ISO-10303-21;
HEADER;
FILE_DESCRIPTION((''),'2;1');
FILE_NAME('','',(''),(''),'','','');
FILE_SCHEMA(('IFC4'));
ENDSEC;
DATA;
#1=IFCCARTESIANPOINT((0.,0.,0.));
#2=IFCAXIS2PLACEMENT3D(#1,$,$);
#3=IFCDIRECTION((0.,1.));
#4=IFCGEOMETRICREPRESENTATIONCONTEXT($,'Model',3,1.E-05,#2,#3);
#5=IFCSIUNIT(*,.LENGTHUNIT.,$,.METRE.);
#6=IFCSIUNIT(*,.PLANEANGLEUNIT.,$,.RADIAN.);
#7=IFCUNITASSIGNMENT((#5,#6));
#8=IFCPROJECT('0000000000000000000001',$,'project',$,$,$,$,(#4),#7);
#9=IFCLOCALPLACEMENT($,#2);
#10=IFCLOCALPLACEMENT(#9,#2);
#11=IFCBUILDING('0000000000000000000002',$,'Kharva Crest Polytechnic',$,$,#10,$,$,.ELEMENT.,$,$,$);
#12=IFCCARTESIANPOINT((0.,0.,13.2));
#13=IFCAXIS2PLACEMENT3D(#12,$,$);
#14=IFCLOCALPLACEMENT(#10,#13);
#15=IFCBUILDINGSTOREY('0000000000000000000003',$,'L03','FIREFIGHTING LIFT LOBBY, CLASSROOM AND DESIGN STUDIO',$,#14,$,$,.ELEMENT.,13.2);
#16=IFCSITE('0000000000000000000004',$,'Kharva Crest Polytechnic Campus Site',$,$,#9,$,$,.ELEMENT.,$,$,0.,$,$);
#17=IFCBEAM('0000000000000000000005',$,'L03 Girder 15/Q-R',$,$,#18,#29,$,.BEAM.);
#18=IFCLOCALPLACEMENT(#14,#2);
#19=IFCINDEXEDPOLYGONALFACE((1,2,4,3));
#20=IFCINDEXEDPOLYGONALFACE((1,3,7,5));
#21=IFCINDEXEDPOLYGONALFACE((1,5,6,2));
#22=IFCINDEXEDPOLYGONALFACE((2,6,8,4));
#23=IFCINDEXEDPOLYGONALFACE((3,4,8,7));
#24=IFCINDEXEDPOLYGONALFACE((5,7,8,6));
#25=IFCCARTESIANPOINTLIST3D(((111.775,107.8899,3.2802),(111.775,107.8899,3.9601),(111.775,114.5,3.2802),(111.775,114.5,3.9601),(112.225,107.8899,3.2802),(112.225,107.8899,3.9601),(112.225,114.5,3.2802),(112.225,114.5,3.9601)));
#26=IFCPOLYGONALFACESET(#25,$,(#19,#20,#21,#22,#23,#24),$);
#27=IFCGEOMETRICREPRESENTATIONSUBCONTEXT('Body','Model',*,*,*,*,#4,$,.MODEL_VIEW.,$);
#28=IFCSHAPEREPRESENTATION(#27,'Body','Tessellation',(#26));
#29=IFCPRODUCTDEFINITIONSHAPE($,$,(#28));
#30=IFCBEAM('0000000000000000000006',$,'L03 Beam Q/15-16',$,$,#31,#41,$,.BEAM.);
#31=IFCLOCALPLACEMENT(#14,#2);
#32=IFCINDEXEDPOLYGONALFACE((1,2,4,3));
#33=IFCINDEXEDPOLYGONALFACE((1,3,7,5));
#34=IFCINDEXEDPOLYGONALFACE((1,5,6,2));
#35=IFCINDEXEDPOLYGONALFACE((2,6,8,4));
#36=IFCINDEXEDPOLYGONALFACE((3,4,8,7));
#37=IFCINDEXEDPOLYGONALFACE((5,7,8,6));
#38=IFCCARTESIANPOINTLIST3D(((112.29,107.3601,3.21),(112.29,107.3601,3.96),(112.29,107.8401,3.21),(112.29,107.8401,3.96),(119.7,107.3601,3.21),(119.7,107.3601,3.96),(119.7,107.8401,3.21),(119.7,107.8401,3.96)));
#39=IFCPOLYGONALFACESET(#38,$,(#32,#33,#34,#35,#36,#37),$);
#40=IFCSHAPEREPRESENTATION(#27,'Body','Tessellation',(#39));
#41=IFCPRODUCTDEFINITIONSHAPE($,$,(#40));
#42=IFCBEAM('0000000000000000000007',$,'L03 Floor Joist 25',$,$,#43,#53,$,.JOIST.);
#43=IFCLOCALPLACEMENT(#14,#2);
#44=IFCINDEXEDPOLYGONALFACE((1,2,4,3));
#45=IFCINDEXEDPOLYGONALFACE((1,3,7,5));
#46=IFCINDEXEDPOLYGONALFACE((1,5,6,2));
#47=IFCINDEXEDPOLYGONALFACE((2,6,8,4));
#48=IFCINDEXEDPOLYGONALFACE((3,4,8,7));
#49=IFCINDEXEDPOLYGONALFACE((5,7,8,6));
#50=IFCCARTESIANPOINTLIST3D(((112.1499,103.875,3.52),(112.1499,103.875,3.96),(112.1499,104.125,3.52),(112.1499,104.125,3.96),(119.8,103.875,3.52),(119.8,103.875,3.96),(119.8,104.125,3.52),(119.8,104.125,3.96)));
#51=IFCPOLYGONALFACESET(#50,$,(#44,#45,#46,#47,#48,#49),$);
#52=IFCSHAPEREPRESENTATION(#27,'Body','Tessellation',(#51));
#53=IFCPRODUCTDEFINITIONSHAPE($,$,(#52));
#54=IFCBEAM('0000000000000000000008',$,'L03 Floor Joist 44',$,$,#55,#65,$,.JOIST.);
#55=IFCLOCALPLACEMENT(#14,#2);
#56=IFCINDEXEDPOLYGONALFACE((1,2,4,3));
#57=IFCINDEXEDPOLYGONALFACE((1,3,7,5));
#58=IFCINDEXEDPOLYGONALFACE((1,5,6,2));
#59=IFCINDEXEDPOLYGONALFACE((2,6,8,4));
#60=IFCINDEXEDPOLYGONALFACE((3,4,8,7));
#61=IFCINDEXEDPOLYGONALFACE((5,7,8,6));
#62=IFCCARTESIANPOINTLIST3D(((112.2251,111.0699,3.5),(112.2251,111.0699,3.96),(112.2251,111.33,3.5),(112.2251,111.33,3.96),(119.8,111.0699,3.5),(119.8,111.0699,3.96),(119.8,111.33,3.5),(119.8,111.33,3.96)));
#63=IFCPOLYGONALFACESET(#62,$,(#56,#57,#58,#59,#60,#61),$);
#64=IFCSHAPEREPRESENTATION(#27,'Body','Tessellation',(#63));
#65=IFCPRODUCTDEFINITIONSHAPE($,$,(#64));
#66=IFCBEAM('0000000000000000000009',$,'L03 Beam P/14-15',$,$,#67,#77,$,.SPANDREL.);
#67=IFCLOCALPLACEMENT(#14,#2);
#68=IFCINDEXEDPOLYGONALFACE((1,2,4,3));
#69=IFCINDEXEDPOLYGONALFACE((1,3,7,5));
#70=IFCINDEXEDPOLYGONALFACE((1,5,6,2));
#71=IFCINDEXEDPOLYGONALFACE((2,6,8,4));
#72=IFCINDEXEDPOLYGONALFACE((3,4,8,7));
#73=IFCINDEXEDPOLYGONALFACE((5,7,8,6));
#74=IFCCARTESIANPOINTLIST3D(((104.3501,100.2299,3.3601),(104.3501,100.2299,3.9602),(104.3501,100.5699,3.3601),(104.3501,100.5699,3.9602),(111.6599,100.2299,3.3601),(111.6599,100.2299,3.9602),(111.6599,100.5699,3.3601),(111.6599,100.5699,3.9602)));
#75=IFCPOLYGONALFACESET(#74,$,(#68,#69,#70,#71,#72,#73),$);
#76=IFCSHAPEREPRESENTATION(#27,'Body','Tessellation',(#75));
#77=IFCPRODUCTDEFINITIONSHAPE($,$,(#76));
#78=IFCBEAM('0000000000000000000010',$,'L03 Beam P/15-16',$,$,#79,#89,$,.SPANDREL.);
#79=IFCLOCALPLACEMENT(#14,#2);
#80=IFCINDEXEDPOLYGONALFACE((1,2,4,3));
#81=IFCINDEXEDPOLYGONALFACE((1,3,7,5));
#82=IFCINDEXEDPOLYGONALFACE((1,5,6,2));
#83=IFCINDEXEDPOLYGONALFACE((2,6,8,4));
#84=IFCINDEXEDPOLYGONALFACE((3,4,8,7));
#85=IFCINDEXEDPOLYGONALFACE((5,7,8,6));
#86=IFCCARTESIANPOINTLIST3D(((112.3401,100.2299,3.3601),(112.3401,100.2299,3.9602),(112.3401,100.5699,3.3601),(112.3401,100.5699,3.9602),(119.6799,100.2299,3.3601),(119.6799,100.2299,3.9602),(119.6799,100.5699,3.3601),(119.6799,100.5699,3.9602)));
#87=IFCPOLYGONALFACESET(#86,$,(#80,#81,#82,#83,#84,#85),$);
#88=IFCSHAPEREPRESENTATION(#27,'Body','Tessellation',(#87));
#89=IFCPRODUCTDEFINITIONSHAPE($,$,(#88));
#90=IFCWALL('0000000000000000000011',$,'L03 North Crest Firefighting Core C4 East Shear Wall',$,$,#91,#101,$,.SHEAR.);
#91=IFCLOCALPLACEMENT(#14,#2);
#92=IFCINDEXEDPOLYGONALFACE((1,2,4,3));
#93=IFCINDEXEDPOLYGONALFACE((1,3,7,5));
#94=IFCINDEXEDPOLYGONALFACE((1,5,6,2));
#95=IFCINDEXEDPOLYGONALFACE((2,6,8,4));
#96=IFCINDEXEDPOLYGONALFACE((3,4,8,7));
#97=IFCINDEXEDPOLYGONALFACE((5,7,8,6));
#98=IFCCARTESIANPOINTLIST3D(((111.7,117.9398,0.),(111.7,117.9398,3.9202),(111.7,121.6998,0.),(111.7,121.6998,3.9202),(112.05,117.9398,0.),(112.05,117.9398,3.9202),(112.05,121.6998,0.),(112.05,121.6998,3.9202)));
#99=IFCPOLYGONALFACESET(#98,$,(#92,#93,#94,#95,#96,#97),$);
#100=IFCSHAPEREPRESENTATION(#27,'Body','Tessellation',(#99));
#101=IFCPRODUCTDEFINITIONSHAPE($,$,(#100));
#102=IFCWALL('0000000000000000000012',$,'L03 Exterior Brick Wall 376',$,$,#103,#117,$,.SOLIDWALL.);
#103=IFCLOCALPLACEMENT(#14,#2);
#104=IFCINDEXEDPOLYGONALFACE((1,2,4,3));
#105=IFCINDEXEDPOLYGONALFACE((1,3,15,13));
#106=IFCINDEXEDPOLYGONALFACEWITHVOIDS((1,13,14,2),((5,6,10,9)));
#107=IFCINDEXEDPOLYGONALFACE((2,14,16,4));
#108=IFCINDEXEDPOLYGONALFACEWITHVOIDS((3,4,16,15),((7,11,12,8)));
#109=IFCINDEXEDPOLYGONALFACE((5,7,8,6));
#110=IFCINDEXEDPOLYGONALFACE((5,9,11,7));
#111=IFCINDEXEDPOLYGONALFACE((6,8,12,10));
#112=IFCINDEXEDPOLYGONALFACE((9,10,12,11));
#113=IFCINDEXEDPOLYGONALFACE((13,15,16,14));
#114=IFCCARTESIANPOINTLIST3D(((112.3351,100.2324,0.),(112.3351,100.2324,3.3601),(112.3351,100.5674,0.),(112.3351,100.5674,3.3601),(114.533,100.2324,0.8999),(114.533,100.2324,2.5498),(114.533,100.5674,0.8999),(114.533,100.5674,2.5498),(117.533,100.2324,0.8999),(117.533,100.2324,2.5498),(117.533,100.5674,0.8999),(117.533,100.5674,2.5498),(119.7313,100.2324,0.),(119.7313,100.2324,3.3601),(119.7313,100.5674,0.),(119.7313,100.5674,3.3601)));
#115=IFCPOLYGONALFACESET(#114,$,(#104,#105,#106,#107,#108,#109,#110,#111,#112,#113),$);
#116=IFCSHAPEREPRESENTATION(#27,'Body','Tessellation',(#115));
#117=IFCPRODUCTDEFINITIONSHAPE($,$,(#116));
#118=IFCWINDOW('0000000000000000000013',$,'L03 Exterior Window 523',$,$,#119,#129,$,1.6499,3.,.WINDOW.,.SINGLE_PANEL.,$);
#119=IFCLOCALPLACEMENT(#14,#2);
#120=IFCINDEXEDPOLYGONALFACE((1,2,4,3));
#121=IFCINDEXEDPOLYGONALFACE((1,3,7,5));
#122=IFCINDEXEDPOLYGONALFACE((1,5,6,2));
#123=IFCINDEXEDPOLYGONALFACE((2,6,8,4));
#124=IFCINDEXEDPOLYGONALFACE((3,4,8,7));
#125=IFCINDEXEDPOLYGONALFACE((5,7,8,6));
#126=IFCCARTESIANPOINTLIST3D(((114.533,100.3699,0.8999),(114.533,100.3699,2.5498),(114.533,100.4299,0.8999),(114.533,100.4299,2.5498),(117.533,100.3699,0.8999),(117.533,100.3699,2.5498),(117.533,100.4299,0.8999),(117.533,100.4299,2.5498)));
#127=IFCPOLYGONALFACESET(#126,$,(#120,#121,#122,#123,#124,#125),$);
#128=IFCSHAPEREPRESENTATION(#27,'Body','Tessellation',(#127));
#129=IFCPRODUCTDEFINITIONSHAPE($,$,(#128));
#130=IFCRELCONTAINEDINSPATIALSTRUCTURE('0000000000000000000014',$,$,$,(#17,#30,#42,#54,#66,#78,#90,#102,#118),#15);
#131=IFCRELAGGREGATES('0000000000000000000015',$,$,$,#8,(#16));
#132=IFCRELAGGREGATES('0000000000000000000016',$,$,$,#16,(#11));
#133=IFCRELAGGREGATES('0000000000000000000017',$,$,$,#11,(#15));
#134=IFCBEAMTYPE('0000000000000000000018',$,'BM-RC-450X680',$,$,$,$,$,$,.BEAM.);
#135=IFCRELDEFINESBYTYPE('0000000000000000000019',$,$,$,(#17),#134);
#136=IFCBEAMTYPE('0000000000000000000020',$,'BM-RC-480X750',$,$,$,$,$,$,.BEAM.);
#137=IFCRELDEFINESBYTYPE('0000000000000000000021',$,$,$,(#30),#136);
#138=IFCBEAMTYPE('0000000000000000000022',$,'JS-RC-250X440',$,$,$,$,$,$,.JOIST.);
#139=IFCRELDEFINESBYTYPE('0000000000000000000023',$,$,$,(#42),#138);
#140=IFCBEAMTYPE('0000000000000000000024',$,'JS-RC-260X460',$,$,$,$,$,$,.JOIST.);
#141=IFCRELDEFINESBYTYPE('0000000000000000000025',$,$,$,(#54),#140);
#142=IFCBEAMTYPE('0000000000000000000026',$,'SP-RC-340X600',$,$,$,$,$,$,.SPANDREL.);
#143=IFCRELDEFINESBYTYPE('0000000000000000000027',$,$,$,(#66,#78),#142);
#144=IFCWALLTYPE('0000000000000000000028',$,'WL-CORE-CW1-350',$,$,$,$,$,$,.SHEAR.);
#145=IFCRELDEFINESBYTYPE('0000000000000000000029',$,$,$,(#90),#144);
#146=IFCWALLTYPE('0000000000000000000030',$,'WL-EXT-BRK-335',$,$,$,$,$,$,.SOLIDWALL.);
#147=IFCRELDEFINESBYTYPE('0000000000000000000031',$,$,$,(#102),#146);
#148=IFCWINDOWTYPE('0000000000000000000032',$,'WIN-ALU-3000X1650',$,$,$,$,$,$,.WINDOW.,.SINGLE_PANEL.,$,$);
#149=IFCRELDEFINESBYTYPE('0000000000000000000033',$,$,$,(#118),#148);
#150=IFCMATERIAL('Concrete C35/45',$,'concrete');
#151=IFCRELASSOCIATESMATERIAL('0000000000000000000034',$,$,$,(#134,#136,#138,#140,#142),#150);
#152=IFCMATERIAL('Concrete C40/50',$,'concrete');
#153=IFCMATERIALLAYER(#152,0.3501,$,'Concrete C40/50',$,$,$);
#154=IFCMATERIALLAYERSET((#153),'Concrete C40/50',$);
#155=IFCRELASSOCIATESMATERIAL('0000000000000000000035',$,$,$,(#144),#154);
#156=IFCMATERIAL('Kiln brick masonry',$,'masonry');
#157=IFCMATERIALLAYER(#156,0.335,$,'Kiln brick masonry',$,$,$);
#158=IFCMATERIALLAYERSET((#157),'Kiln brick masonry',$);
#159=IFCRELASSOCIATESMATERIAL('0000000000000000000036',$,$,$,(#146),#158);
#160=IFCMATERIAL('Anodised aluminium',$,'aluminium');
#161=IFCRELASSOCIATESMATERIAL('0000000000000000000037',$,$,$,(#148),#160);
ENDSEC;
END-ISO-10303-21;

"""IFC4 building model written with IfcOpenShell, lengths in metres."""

from ifc_helpers import new_model, si_unit, direction, frame, frame_2d, origin, origin_2d, place, context, subcontext, project, spatial, rectangle, extrude, material, layer, layer_set, material_profile, profile_set, type_object, element, fill, save


model = new_model("IFC4")

# Units and contexts
model_context = context("Model", 3, precision=1e-05, world=origin(), true_north=direction((0.0, 1.0)))
body_context = subcontext(model_context, "Body", "Model", "MODEL_VIEW")
ifc_project = project(units=[si_unit("LENGTHUNIT", "METRE"), si_unit("PLANEANGLEUNIT", "RADIAN")], contexts=[model_context])

# Site, building, storey
site_placement = place(None, origin())
site = spatial("IfcSite", under=ifc_project, at=site_placement, Name="Kharva Crest Polytechnic Campus Site", CompositionType="ELEMENT", RefElevation=0.0)
building_placement = place(site_placement, origin())
building = spatial("IfcBuilding", under=site, at=building_placement, Name="Kharva Crest Polytechnic", CompositionType="ELEMENT")
storey_placement = place(building_placement, frame((0.0, 0.0, 13.2)))
storey = spatial("IfcBuildingStorey", under=building, at=storey_placement, Name="L03", Description="FIREFIGHTING LIFT LOBBY, CLASSROOM AND DESIGN STUDIO", CompositionType="ELEMENT", Elevation=13.2)

# Shared definitions
ifc_material_1 = material(Name="Concrete C40/50", Category="concrete")

# Beams
ifc_material_2 = material(Name="Concrete C35/45", Category="concrete")
ifc_material_profile_1 = material_profile(ifc_material_2, rectangle(XDim=0.45, YDim=0.6799, at=origin_2d()), Name="RECT 450 X 680")
ifc_profile_set_1 = profile_set([ifc_material_profile_1], Name="Concrete C35/45")
beam_type_1 = type_object("IfcBeamType", Name="BM-RC-450X680", PredefinedType="BEAM", material=ifc_profile_set_1)
beam_1_placement = place(storey_placement, frame((112.0, 107.8899, 3.6201), z_axis=(0.0, 1.0, 0.0), x_axis=(-1.0, 0.0, 0.0)))
element("IfcBeam", 1, at=beam_1_placement, inside=storey, type_object=beam_type_1, Name="L03 Girder 15/Q-R", PredefinedType="BEAM", context=body_context, shape_type="SweptSolid", body=[
    extrude(rectangle(XDim=0.45, YDim=0.6799, at=origin_2d()), origin(), (0.0, 0.0, 1.0), 6.6101),
])
ifc_material_profile_2 = material_profile(ifc_material_2, rectangle(XDim=0.48, YDim=0.75, at=origin_2d()), Name="RECT 480 X 750")
ifc_profile_set_2 = profile_set([ifc_material_profile_2], Name="Concrete C35/45")
beam_type_2 = type_object("IfcBeamType", Name="BM-RC-480X750", PredefinedType="BEAM", material=ifc_profile_set_2)
beam_2_placement = place(storey_placement, frame((112.29, 107.6001, 3.585), z_axis=(1.0, 0.0, 0.0), x_axis=(0.0, 1.0, 0.0)))
element("IfcBeam", 2, at=beam_2_placement, inside=storey, type_object=beam_type_2, Name="L03 Beam Q/15-16", PredefinedType="BEAM", context=body_context, shape_type="SweptSolid", body=[
    extrude(rectangle(XDim=0.48, YDim=0.75, at=origin_2d()), origin(), (0.0, 0.0, 1.0), 7.4099),
])
ifc_material_profile_3 = material_profile(ifc_material_2, rectangle(XDim=0.25, YDim=0.4399, at=origin_2d()), Name="RECT 250 X 440")
ifc_profile_set_3 = profile_set([ifc_material_profile_3], Name="Concrete C35/45")
beam_type_3 = type_object("IfcBeamType", Name="JS-RC-250X440", PredefinedType="JOIST", material=ifc_profile_set_3)
beam_3_placement = place(storey_placement, frame((112.1499, 104.0, 3.74), z_axis=(1.0, 0.0, 0.0), x_axis=(0.0, 1.0, 0.0)))
element("IfcBeam", 3, at=beam_3_placement, inside=storey, type_object=beam_type_3, Name="L03 Floor Joist 25", PredefinedType="JOIST", context=body_context, shape_type="SweptSolid", body=[
    extrude(rectangle(XDim=0.25, YDim=0.4399, at=origin_2d()), origin(), (0.0, 0.0, 1.0), 7.6501),
])
ifc_material_profile_4 = material_profile(ifc_material_2, rectangle(XDim=0.26, YDim=0.46, at=origin_2d()), Name="RECT 260 X 460")
ifc_profile_set_4 = profile_set([ifc_material_profile_4], Name="Concrete C35/45")
beam_type_4 = type_object("IfcBeamType", Name="JS-RC-260X460", PredefinedType="JOIST", material=ifc_profile_set_4)
beam_4_placement = place(storey_placement, frame((112.2251, 111.2, 3.73), z_axis=(1.0, 0.0, 0.0), x_axis=(0.0, 1.0, 0.0)))
element("IfcBeam", 4, at=beam_4_placement, inside=storey, type_object=beam_type_4, Name="L03 Floor Joist 44", PredefinedType="JOIST", context=body_context, shape_type="SweptSolid", body=[
    extrude(rectangle(XDim=0.26, YDim=0.46, at=origin_2d()), origin(), (0.0, 0.0, 1.0), 7.575),
])
ifc_material_profile_5 = material_profile(ifc_material_2, rectangle(XDim=0.3401, YDim=0.6001, at=origin_2d()), Name="RECT 340 X 600")
ifc_profile_set_5 = profile_set([ifc_material_profile_5], Name="Concrete C35/45")
beam_type_5 = type_object("IfcBeamType", Name="SP-RC-340X600", PredefinedType="SPANDREL", material=ifc_profile_set_5)
beam_5_placement = place(storey_placement, frame((104.3501, 100.3999, 3.6602), z_axis=(1.0, 0.0, 0.0), x_axis=(0.0, 1.0, 0.0)))
element("IfcBeam", 5, at=beam_5_placement, inside=storey, type_object=beam_type_5, Name="L03 Beam P/14-15", PredefinedType="SPANDREL", context=body_context, shape_type="SweptSolid", body=[
    extrude(rectangle(XDim=0.3401, YDim=0.6001, at=origin_2d()), origin(), (0.0, 0.0, 1.0), 7.3098),
])
beam_6_placement = place(storey_placement, frame((112.3401, 100.3999, 3.6602), z_axis=(1.0, 0.0, 0.0), x_axis=(0.0, 1.0, 0.0)))
element("IfcBeam", 6, at=beam_6_placement, inside=storey, type_object=beam_type_5, Name="L03 Beam P/15-16", PredefinedType="SPANDREL", context=body_context, shape_type="SweptSolid", body=[
    extrude(rectangle(XDim=0.3401, YDim=0.6001, at=origin_2d()), origin(), (0.0, 0.0, 1.0), 7.3398),
])

# Wall
ifc_layer_1 = layer(ifc_material_1, 0.3501, Name="Concrete C40/50")
ifc_layer_set_1 = layer_set([ifc_layer_1], Name="Concrete C40/50")
wall_type_1 = type_object("IfcWallType", Name="WL-CORE-CW1-350", PredefinedType="SHEAR", material=ifc_layer_set_1)
wall_1_placement = place(storey_placement, frame((111.875, 117.9399, 0.0), z_axis=(0.0, 0.0, 1.0), x_axis=(0.0, 1.0, 0.0)))
element("IfcWall", 7, at=wall_1_placement, inside=storey, type_object=wall_type_1, Name="L03 North Crest Firefighting Core C4 East Shear Wall", PredefinedType="SHEAR", context=body_context, shape_type="SweptSolid", body=[
    extrude(rectangle(XDim=3.76, YDim=0.3501, at=frame_2d((1.8799, 0.0))), origin(), (0.0, 0.0, 1.0), 3.9202),
])

# Wall, opening, window
ifc_material_3 = material(Name="Kiln brick masonry", Category="masonry")
ifc_layer_2 = layer(ifc_material_3, 0.335, Name="Kiln brick masonry")
ifc_layer_set_2 = layer_set([ifc_layer_2], Name="Kiln brick masonry")
wall_type_2 = type_object("IfcWallType", Name="WL-EXT-BRK-335", PredefinedType="SOLIDWALL", material=ifc_layer_set_2)
wall_2_placement = place(storey_placement, frame((112.335, 100.3999, 0.0), z_axis=(0.0, 0.0, 1.0), x_axis=(1.0, 0.0, 0.0)))
wall_2 = element("IfcWall", 8, at=wall_2_placement, inside=storey, type_object=wall_type_2, Name="L03 Exterior Brick Wall 376", PredefinedType="SOLIDWALL", context=body_context, shape_type="SweptSolid", body=[
    extrude(rectangle(XDim=7.3962, YDim=0.335, at=frame_2d((3.6982, 0.0))), origin(), (0.0, 0.0, 1.0), 3.3601),
])
opening_1_placement = place(wall_2_placement, frame((2.198, 0.0, 0.8999)))
opening_1 = element("IfcOpeningElement", 9, at=opening_1_placement, cuts=wall_2, PredefinedType="OPENING", context=body_context, shape_type="SweptSolid", body=[
    extrude(rectangle(XDim=3.0, YDim=1.6499, at=frame_2d((1.5, 0.825))), frame((0.0, 0.1775, 0.0), z_axis=(0.0, -1.0, 0.0), x_axis=(1.0, 0.0, 0.0)), (0.0, 0.0, 1.0), 0.355),
])
ifc_material_4 = material(Name="Anodised aluminium", Category="aluminium")
window_type_1 = type_object("IfcWindowType", Name="WIN-ALU-3000X1650", PartitioningType="SINGLE_PANEL", PredefinedType="WINDOW", material=ifc_material_4)
window_1_placement = place(opening_1_placement, origin())
window_1 = element("IfcWindow", 10, at=window_1_placement, inside=storey, type_object=window_type_1, Name="L03 Exterior Window 523", OverallHeight=1.6499, OverallWidth=3.0, PartitioningType="SINGLE_PANEL", PredefinedType="WINDOW", context=body_context, shape_type="SweptSolid", body=[
    extrude(rectangle(XDim=3.0, YDim=1.6499, at=frame_2d((1.5, 0.825))), frame((0.0, 0.03, 0.0), z_axis=(0.0, -1.0, 0.0), x_axis=(1.0, 0.0, 0.0)), (0.0, 0.0, 1.0), 0.0601),
])
fill(opening_1, window_1)

save(model, "model.ifc")
